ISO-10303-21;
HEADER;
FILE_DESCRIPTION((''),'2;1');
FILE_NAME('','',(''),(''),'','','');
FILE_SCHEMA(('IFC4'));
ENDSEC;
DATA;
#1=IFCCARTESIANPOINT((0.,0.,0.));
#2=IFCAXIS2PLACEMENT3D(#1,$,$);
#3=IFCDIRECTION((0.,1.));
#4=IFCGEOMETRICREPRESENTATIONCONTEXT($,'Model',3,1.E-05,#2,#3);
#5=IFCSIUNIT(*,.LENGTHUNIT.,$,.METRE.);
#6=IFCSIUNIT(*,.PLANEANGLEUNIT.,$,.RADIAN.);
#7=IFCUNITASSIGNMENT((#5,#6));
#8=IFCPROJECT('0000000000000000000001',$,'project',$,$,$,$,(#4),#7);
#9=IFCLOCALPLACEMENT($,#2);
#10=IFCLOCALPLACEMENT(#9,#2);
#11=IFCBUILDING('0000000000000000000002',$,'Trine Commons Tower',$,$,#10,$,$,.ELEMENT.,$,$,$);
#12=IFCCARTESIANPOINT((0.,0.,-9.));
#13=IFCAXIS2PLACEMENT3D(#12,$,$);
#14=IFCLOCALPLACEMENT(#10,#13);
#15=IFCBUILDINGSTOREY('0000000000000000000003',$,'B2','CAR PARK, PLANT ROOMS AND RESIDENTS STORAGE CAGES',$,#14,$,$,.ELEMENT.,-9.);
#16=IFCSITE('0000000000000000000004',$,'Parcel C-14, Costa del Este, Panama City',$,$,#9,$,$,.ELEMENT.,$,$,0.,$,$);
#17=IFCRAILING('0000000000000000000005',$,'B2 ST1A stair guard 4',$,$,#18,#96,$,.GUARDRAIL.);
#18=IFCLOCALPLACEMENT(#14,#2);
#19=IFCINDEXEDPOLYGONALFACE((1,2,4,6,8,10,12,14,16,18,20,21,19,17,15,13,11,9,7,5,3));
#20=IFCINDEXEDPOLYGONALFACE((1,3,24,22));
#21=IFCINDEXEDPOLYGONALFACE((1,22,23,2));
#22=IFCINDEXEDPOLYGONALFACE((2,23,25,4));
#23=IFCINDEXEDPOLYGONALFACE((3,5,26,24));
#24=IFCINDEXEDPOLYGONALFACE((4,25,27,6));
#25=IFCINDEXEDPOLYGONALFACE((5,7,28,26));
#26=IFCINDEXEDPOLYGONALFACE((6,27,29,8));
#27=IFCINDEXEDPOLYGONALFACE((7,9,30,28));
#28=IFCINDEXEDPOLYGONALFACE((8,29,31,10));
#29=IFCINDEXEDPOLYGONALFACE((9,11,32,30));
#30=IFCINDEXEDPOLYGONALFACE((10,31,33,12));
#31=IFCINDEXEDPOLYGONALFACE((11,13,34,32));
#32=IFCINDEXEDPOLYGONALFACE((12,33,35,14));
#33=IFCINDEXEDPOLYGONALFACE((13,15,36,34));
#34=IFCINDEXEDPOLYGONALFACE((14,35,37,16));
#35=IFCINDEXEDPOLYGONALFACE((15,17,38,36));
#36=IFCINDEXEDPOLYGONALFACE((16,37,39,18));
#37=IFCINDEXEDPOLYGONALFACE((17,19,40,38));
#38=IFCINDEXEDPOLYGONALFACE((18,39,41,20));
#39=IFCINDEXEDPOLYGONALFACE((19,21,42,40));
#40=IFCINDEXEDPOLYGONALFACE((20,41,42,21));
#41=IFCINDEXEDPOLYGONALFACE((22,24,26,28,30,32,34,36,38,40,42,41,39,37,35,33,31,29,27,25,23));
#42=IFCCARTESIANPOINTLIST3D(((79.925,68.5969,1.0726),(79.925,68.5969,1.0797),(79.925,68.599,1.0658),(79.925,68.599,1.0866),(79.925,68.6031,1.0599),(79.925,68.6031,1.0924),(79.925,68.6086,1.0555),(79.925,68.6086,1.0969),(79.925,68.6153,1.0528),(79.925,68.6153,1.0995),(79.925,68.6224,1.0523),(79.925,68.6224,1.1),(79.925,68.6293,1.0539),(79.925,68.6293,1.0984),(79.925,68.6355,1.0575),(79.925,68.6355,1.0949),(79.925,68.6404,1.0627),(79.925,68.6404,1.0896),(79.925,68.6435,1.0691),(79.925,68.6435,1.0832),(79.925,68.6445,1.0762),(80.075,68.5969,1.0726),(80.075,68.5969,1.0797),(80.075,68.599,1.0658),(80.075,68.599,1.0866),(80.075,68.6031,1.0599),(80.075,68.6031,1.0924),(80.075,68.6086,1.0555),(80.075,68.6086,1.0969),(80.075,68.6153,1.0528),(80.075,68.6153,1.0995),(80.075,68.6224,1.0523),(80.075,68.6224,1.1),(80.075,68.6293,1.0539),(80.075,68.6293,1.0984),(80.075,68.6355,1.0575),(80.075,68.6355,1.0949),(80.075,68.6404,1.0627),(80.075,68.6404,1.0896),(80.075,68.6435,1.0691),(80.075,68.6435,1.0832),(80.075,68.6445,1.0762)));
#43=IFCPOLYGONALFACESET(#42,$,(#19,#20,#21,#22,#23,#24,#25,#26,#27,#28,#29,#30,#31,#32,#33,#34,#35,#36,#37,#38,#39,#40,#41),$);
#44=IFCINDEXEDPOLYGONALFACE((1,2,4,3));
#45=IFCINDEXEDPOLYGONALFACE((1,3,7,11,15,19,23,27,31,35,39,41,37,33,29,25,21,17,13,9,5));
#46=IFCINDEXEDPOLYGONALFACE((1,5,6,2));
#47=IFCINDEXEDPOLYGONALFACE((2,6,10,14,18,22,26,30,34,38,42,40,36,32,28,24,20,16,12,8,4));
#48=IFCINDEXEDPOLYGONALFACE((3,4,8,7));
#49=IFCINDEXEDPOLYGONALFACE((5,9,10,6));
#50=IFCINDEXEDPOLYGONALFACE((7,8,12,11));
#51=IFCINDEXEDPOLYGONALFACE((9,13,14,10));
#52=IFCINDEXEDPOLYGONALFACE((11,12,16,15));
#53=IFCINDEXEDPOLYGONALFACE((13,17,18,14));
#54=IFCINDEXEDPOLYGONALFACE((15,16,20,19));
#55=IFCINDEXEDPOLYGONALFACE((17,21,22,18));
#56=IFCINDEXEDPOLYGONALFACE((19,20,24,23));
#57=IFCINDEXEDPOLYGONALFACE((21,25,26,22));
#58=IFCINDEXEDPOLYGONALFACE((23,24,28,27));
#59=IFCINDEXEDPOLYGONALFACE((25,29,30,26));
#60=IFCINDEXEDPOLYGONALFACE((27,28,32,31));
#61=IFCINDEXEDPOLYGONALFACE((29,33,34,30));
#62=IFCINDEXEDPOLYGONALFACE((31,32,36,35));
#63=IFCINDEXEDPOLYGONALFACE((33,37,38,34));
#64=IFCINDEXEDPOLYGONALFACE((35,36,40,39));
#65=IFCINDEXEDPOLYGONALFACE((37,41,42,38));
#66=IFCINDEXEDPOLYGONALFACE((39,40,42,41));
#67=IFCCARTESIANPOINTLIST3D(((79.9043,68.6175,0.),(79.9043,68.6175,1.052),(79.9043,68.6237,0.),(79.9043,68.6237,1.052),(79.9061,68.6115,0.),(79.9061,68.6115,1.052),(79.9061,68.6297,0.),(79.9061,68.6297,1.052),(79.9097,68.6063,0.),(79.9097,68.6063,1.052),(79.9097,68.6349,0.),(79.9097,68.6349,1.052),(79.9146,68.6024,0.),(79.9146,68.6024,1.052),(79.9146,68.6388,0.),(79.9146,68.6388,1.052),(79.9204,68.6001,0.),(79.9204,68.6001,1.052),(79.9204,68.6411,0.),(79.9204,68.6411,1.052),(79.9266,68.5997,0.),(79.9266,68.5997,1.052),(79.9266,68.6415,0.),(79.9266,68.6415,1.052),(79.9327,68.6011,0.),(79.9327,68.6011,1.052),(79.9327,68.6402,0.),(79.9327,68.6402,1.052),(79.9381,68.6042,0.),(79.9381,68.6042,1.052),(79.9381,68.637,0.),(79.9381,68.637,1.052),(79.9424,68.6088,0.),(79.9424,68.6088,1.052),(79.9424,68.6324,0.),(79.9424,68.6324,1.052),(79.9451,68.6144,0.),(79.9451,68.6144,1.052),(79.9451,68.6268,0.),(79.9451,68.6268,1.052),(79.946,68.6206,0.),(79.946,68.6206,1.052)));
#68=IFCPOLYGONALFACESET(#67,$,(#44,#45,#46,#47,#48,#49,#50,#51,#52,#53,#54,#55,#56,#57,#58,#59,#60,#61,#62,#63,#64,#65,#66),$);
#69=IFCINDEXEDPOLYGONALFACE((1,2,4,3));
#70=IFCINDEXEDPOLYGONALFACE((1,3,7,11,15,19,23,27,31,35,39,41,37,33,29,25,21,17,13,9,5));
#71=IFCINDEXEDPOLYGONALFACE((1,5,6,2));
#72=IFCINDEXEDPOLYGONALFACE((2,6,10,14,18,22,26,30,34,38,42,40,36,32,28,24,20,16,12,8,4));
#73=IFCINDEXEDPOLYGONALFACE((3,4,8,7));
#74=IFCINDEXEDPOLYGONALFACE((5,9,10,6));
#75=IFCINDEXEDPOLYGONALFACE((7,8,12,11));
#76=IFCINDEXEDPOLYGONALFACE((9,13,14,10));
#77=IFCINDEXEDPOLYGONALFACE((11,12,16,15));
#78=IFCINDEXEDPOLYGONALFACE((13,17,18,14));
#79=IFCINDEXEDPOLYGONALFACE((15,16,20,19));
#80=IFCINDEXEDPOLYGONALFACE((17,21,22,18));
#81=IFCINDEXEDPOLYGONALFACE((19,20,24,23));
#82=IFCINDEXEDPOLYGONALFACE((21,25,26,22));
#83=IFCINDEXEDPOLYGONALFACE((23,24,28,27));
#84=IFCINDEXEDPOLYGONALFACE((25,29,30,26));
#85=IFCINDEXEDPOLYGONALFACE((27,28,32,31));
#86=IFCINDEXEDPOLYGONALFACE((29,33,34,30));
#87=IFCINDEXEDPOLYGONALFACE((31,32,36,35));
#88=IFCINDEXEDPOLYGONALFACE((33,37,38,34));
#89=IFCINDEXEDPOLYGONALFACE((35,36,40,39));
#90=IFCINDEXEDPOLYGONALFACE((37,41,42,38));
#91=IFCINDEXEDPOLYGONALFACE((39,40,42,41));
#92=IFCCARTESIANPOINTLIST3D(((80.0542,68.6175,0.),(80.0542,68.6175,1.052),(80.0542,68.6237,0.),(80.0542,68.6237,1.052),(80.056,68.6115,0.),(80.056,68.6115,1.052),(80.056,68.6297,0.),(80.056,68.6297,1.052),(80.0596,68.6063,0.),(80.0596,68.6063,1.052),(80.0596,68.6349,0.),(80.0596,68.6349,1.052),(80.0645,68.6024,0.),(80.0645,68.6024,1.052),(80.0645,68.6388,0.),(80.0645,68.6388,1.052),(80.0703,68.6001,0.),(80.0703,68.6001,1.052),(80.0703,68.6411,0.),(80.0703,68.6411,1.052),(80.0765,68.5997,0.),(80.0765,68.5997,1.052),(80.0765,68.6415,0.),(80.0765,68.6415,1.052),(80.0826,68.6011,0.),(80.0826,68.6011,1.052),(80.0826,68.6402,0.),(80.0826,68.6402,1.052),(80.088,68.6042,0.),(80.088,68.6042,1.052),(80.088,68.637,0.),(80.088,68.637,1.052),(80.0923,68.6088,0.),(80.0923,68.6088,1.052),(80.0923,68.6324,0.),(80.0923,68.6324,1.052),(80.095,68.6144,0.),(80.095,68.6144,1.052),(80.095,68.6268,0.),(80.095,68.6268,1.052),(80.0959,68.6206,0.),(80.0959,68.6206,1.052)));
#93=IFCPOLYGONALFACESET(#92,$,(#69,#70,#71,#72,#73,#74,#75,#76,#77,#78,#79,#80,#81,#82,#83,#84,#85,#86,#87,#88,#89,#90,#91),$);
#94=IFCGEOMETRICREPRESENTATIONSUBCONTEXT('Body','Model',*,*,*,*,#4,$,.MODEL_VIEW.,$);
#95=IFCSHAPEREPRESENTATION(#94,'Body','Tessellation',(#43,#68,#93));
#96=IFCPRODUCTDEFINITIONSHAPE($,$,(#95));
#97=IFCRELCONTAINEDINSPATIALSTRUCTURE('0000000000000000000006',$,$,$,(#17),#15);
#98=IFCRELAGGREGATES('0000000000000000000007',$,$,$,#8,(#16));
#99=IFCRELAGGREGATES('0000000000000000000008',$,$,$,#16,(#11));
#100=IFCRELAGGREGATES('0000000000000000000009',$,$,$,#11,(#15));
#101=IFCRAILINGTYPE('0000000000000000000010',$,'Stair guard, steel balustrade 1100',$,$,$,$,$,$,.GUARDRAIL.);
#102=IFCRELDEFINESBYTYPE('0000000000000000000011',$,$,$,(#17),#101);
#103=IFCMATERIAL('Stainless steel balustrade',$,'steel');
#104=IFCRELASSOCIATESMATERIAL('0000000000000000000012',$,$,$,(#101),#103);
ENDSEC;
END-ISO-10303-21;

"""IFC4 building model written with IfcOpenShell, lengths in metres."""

from ifc_helpers import new_model, si_unit, direction, frame, origin, origin_2d, place, context, subcontext, project, spatial, circle, extrude, material, type_object, element, save


model = new_model("IFC4")

# Units and contexts
model_context = context("Model", 3, precision=1e-05, world=origin(), true_north=direction((0.0, 1.0)))
body_context = subcontext(model_context, "Body", "Model", "MODEL_VIEW")
ifc_project = project(units=[si_unit("LENGTHUNIT", "METRE"), si_unit("PLANEANGLEUNIT", "RADIAN")], contexts=[model_context])

# Site, building, storey
site_placement = place(None, origin())
site = spatial("IfcSite", under=ifc_project, at=site_placement, Name="Parcel C-14, Costa del Este, Panama City", CompositionType="ELEMENT", RefElevation=0.0)
building_placement = place(site_placement, origin())
building = spatial("IfcBuilding", under=site, at=building_placement, Name="Trine Commons Tower", CompositionType="ELEMENT")
storey_placement = place(building_placement, frame((0.0, 0.0, -9.0)))
storey = spatial("IfcBuildingStorey", under=building, at=storey_placement, Name="B2", Description="CAR PARK, PLANT ROOMS AND RESIDENTS STORAGE CAGES", CompositionType="ELEMENT", Elevation=-9.0)

# Railing
ifc_material_1 = material(Name="Stainless steel balustrade", Category="steel")
railing_type = type_object("IfcRailingType", Name="Stair guard, steel balustrade 1100", PredefinedType="GUARDRAIL", material=ifc_material_1)
railing_1_placement = place(storey_placement, frame((79.925, 68.6206, 0.0)))
element("IfcRailing", 1, at=railing_1_placement, inside=storey, type_object=railing_type, Name="B2 ST1A stair guard 4", PredefinedType="GUARDRAIL", context=body_context, shape_type="SweptSolid", body=[
    extrude(circle(Radius=0.0239, at=origin_2d()), frame((0.0, 0.0, 1.0762), z_axis=(1.0, 0.0, 0.0), x_axis=(0.0, 1.0, 0.0)), (0.0, 0.0, 1.0), 0.1499),
    extrude(circle(Radius=0.021, at=origin_2d()), origin(), (0.0, 0.0, 1.0), 1.052),
    extrude(circle(Radius=0.021, at=origin_2d()), frame((0.1499, 0.0, 0.0)), (0.0, 0.0, 1.0), 1.052),
])

save(model, "model.ifc")
